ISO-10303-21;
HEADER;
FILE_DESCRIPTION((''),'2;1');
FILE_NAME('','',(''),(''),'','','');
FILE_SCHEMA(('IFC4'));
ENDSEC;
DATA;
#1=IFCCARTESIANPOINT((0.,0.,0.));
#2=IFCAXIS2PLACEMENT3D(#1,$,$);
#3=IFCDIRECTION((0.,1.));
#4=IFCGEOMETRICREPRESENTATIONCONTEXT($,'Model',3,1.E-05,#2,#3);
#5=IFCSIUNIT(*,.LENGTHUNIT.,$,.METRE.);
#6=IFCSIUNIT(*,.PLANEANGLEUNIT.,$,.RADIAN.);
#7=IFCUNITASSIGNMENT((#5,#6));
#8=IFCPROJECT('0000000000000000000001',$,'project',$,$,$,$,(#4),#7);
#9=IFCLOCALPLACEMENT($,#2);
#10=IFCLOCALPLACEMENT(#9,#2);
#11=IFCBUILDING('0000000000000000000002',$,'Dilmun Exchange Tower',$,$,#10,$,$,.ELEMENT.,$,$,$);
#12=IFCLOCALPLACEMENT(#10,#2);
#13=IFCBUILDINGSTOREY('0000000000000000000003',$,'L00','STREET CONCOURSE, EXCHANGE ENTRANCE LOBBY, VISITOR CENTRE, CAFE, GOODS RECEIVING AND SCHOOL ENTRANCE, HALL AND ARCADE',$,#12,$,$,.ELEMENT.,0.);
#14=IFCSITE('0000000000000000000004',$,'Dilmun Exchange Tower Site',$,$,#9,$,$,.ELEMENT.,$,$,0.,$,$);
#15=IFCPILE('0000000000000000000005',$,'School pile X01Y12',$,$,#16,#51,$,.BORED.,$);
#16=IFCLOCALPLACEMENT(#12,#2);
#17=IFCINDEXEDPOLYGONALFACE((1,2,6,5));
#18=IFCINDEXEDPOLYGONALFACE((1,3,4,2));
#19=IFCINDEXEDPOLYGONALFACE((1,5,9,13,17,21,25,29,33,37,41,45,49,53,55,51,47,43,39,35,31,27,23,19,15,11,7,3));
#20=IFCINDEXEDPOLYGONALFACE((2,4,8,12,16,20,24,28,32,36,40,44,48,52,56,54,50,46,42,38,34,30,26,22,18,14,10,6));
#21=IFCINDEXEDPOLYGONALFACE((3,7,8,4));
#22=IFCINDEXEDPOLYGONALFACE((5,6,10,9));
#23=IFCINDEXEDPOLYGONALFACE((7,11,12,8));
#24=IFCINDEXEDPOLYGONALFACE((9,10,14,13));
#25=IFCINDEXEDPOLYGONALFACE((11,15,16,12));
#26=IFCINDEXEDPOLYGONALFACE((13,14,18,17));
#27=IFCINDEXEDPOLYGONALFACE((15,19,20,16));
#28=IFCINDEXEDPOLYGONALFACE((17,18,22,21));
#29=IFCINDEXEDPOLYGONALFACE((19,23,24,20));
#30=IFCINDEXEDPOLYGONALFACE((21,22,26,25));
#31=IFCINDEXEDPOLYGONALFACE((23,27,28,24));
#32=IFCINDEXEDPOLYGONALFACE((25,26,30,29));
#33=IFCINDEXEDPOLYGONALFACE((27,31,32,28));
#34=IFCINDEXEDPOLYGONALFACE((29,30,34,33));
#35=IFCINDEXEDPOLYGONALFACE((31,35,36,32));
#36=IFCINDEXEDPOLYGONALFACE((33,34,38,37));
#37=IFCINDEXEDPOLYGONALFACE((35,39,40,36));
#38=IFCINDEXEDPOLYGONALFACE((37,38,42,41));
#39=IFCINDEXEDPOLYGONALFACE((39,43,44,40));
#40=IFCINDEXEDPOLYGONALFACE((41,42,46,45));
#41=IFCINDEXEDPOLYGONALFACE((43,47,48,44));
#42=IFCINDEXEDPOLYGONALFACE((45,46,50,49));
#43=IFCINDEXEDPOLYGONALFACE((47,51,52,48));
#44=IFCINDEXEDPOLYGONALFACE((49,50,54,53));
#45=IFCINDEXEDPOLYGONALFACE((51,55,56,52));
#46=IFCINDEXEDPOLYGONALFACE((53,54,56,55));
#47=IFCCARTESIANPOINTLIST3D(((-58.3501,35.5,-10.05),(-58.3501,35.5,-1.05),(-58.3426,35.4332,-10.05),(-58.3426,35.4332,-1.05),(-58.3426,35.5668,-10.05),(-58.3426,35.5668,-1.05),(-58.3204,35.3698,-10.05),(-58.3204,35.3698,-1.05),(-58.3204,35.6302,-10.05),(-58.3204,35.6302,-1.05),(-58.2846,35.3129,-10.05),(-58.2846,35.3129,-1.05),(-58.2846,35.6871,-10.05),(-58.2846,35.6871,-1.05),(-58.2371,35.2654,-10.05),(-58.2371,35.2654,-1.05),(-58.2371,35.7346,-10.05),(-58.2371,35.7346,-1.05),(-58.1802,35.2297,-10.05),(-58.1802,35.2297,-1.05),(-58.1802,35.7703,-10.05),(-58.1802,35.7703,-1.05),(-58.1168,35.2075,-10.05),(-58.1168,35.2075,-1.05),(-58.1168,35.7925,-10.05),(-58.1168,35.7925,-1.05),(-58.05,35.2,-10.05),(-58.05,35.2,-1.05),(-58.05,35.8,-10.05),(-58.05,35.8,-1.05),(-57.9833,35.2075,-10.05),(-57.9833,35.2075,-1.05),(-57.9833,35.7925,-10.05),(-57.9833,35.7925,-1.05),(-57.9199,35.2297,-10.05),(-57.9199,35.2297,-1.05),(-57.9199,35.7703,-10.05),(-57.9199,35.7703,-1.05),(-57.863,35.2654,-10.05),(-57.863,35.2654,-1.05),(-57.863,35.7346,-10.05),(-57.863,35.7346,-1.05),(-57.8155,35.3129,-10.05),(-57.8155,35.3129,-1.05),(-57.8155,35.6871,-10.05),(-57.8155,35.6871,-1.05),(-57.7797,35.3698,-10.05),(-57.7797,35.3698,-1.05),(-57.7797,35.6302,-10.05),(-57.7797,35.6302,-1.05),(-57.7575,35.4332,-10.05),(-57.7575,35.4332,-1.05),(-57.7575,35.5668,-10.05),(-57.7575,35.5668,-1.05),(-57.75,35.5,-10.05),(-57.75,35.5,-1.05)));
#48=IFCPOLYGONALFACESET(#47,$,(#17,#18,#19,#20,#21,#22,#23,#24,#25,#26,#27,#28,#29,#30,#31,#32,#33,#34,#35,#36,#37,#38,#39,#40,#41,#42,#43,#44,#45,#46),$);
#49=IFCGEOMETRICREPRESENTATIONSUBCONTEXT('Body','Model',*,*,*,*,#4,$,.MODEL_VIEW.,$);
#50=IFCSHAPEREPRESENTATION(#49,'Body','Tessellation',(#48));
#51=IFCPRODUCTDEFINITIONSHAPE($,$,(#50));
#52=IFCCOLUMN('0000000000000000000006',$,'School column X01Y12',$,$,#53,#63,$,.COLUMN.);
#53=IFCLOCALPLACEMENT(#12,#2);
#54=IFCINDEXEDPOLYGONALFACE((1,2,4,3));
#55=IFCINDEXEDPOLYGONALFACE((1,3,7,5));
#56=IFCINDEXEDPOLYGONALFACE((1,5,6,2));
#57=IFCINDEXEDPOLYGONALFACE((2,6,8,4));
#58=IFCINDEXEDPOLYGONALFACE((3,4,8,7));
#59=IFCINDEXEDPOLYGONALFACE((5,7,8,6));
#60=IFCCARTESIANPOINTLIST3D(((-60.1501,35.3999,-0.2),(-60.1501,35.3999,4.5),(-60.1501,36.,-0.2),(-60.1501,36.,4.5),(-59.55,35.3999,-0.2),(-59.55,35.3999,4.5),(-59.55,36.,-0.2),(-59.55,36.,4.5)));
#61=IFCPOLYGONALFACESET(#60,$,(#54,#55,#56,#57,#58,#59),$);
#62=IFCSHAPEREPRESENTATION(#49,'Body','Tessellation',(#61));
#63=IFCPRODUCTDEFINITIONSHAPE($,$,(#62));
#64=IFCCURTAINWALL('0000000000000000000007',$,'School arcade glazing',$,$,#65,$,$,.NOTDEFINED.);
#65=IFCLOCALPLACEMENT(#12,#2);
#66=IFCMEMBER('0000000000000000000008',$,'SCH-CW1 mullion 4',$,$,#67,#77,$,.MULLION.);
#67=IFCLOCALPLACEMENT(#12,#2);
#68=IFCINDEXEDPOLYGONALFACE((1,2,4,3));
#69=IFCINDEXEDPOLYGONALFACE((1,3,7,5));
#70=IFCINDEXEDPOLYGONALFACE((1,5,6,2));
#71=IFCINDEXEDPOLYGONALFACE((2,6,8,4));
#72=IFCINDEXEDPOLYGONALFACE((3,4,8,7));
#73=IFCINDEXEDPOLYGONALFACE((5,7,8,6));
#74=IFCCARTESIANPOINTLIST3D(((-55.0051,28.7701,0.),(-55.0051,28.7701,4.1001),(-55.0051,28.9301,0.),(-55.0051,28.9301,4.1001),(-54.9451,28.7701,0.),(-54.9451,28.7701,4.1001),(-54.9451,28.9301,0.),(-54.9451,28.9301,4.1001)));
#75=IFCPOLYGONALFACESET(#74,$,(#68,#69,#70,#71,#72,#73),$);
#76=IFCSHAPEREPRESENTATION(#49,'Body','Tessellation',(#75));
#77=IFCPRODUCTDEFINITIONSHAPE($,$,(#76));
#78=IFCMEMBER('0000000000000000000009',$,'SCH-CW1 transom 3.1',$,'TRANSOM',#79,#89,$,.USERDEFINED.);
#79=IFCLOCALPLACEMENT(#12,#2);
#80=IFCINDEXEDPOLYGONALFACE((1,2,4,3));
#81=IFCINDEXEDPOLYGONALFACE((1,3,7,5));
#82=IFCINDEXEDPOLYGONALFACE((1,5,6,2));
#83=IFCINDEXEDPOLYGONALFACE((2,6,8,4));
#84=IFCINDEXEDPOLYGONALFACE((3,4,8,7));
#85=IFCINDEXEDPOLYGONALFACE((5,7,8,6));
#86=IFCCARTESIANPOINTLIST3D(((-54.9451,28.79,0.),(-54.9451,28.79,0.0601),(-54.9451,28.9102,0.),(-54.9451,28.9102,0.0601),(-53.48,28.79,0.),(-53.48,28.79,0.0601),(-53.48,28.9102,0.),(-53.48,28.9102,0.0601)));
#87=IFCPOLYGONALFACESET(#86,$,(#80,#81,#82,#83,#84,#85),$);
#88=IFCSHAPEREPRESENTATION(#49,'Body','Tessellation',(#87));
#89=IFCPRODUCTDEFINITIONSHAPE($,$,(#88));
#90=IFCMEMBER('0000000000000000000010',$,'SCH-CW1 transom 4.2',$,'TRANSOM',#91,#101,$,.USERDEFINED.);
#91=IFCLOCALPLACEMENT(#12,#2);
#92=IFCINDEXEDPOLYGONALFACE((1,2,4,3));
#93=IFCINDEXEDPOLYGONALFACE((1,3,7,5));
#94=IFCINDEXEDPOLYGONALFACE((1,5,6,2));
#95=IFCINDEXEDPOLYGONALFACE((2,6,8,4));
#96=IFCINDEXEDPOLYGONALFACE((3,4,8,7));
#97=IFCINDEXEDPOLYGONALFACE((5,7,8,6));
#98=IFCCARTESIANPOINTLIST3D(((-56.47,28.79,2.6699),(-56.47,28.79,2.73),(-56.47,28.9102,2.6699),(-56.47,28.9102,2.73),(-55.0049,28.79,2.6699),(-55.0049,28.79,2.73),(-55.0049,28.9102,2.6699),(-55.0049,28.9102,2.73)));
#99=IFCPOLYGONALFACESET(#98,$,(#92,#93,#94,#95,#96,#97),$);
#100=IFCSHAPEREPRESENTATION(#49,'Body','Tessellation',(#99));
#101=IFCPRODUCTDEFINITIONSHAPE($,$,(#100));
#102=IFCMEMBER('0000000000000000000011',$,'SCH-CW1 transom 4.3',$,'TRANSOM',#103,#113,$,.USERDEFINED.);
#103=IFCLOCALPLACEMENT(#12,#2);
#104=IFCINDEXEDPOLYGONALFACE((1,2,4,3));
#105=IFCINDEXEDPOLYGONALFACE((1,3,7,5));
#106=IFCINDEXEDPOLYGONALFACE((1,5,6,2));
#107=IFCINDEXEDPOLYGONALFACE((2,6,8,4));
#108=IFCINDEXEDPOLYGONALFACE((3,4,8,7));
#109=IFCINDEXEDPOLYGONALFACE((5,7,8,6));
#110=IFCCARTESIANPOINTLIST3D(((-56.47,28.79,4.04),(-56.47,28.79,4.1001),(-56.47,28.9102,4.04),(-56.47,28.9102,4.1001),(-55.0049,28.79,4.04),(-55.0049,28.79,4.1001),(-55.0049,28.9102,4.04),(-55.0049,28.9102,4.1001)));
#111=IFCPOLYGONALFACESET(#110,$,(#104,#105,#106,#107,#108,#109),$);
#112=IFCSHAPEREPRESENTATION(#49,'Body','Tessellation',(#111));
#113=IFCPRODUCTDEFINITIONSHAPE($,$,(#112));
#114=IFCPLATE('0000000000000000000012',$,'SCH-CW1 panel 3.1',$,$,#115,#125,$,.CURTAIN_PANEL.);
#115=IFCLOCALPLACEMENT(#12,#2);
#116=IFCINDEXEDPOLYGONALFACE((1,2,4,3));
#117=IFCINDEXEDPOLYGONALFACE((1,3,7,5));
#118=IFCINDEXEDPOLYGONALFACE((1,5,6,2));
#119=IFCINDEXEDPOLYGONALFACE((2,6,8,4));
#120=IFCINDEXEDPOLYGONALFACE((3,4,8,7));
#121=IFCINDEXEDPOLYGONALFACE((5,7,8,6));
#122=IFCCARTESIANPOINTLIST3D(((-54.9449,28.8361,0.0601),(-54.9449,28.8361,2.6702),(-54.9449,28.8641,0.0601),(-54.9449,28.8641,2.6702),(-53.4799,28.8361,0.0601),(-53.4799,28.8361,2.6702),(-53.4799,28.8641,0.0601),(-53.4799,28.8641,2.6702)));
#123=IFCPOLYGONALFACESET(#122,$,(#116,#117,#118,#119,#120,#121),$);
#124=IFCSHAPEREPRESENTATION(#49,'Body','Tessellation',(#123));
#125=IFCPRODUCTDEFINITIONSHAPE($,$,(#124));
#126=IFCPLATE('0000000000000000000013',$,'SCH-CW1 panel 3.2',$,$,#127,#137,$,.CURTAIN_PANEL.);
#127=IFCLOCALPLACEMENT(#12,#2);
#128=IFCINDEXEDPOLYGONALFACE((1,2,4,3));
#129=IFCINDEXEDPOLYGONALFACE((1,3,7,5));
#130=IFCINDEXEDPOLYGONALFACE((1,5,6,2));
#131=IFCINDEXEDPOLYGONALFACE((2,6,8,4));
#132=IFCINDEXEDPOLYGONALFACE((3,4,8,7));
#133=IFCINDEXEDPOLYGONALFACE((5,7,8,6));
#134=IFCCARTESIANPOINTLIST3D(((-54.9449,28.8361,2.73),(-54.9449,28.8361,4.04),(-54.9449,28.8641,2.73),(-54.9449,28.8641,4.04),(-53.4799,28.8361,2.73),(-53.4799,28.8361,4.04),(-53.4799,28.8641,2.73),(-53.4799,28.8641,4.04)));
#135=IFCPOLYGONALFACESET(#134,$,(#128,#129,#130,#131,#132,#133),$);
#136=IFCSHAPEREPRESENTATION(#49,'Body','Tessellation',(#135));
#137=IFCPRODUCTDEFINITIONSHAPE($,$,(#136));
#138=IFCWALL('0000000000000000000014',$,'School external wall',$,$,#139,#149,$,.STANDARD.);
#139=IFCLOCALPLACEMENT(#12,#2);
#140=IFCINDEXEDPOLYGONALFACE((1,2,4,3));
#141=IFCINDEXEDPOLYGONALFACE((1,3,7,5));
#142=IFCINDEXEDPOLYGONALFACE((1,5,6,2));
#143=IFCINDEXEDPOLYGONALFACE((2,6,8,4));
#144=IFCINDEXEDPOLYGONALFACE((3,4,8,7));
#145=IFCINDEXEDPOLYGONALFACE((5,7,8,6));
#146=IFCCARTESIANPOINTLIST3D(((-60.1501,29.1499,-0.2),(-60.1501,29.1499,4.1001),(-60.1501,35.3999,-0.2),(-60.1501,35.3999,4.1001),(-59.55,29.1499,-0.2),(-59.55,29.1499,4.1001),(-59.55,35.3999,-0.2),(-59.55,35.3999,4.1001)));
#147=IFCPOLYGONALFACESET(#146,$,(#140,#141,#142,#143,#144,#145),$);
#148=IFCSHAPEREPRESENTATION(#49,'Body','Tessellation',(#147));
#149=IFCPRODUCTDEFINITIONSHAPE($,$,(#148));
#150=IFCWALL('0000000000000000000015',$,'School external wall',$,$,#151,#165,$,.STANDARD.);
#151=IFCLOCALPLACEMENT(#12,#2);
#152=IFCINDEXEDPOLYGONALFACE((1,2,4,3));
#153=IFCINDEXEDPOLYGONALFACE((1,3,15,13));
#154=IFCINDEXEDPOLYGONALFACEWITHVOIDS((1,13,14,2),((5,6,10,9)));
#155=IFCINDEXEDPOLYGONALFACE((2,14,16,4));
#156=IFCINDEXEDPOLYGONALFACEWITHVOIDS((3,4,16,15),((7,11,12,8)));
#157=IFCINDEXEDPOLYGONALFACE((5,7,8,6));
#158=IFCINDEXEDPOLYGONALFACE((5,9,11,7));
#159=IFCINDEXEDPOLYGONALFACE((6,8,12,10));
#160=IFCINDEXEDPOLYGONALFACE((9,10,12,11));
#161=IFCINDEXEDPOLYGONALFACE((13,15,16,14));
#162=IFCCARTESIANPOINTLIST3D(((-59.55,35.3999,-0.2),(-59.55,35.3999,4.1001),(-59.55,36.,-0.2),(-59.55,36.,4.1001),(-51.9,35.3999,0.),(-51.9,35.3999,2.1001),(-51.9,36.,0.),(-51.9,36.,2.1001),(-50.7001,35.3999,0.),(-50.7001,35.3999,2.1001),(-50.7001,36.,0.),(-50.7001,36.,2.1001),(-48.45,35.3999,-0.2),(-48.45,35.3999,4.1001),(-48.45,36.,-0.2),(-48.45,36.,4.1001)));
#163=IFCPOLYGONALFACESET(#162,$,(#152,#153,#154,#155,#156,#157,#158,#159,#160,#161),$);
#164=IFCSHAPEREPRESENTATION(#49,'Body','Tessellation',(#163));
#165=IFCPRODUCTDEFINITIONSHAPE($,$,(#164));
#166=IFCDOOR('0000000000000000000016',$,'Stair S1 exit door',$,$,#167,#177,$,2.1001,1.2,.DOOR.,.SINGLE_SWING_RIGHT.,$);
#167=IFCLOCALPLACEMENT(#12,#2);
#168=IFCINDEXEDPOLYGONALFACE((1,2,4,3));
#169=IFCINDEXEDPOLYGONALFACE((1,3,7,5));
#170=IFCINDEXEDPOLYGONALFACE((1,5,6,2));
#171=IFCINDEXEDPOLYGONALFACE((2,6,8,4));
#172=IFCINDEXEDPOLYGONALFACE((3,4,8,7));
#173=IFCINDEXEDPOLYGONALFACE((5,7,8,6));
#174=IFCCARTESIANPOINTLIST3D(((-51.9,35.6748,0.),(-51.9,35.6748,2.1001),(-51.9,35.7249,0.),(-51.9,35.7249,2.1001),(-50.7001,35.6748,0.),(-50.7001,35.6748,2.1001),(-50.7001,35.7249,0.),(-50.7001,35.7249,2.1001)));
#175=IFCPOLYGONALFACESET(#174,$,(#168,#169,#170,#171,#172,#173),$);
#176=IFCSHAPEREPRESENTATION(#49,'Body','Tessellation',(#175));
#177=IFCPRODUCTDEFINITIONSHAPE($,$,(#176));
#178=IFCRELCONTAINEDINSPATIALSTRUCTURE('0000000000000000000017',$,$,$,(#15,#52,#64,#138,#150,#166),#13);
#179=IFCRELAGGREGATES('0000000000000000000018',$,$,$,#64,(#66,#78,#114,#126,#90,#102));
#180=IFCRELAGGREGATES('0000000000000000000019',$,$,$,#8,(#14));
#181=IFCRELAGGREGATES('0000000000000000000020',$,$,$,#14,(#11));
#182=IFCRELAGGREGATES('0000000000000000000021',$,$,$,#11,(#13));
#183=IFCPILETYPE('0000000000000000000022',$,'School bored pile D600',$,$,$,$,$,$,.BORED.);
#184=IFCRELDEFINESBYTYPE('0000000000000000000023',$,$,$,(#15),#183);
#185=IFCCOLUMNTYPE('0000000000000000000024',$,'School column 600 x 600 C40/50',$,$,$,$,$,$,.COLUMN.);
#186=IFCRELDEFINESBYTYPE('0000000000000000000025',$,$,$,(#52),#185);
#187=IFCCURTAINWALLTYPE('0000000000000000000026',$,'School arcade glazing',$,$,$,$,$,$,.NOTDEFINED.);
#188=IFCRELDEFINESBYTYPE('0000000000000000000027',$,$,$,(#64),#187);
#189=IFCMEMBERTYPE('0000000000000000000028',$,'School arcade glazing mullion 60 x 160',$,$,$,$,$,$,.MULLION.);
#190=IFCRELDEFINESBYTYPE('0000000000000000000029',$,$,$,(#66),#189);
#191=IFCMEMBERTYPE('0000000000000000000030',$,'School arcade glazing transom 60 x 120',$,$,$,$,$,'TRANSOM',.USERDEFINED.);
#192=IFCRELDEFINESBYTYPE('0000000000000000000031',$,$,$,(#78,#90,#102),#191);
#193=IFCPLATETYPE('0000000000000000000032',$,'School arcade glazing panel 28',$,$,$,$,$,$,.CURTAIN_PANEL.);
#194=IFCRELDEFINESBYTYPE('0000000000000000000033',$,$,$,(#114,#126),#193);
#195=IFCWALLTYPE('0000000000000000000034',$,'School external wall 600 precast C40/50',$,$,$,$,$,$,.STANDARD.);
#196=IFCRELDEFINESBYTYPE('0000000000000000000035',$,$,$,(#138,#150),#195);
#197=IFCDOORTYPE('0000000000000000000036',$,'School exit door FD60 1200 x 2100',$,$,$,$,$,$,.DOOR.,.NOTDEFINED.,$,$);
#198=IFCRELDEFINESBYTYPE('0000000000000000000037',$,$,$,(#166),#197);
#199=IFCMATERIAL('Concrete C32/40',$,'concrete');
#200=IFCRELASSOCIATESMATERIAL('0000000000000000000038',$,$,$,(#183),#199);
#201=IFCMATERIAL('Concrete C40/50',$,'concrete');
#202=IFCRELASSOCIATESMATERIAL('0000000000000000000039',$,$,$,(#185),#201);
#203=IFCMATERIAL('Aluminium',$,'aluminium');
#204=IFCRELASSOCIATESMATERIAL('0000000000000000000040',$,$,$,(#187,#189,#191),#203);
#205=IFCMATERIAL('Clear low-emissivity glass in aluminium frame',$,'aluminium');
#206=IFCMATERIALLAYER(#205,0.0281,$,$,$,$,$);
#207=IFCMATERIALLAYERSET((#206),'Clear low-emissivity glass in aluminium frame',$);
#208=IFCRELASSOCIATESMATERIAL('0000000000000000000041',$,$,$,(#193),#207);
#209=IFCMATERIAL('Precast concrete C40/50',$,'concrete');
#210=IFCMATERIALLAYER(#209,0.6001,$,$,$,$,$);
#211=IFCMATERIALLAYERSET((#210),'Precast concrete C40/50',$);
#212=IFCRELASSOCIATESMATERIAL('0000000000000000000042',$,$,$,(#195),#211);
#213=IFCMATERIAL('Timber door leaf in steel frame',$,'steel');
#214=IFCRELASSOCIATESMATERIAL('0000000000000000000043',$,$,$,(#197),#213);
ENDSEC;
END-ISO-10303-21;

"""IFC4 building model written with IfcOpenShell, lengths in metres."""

from ifc_helpers import new_model, si_unit, direction, frame, frame_2d, origin, origin_2d, place, context, subcontext, project, spatial, rectangle, circle, extrude, material, layer, layer_set, material_profile, profile_set, type_object, element, fill, aggregate, save


model = new_model("IFC4")

# Units and contexts
model_context = context("Model", 3, precision=1e-05, world=origin(), true_north=direction((0.0, 1.0)))
body_context = subcontext(model_context, "Body", "Model", "MODEL_VIEW")
ifc_project = project(units=[si_unit("LENGTHUNIT", "METRE"), si_unit("PLANEANGLEUNIT", "RADIAN")], contexts=[model_context])

# Site, building, storey
site_placement = place(None, origin())
site = spatial("IfcSite", under=ifc_project, at=site_placement, Name="Dilmun Exchange Tower Site", CompositionType="ELEMENT", RefElevation=0.0)
building_placement = place(site_placement, origin())
building = spatial("IfcBuilding", under=site, at=building_placement, Name="Dilmun Exchange Tower", CompositionType="ELEMENT")
storey_placement = place(building_placement, origin())
storey = spatial("IfcBuildingStorey", under=building, at=storey_placement, Name="L00", Description="STREET CONCOURSE, EXCHANGE ENTRANCE LOBBY, VISITOR CENTRE, CAFE, GOODS RECEIVING AND SCHOOL ENTRANCE, HALL AND ARCADE", CompositionType="ELEMENT", Elevation=0.0)

# Pile
ifc_material_1 = material(Name="Concrete C32/40", Category="concrete")
ifc_material_profile_1 = material_profile(ifc_material_1, circle(Radius=0.3, at=origin_2d()), Name="D600")
ifc_profile_set_1 = profile_set([ifc_material_profile_1], Name="Concrete C32/40")
pile_type = type_object("IfcPileType", Name="School bored pile D600", PredefinedType="BORED", material=ifc_profile_set_1)
for number, where, z_axis, x_axis, name in (
    (1, (-58.05, 35.5, -1.05), (0.0, 0.0, -1.0), (1.0, 0.0, 0.0), "School pile X01Y12"),
):
    element("IfcPile", number, at=place(storey_placement, frame(where, z_axis=z_axis, x_axis=x_axis)), inside=storey, type_object=pile_type, Name=name, PredefinedType="BORED", context=body_context, shape_type="SweptSolid", body=[
        extrude(circle(Radius=0.3, at=origin_2d()), origin(), (0.0, 0.0, 1.0), 9.0),
    ])

# Column
ifc_material_2 = material(Name="Concrete C40/50", Category="concrete")
ifc_material_profile_2 = material_profile(ifc_material_2, rectangle(XDim=0.6001, YDim=0.6001, at=origin_2d()), Name="600 x 600")
ifc_profile_set_2 = profile_set([ifc_material_profile_2], Name="Concrete C40/50")
column_type = type_object("IfcColumnType", Name="School column 600 x 600 C40/50", PredefinedType="COLUMN", material=ifc_profile_set_2)
column_placement = place(storey_placement, frame((-59.8501, 35.7, -0.2), z_axis=(0.0, 0.0, 1.0), x_axis=(1.0, 0.0, 0.0)))
element("IfcColumn", 2, at=column_placement, inside=storey, type_object=column_type, Name="School column X01Y12", PredefinedType="COLUMN", context=body_context, shape_type="SweptSolid", body=[
    extrude(rectangle(XDim=0.6001, YDim=0.6001, at=origin_2d()), origin(), (0.0, 0.0, 1.0), 4.7),
])

# Curtain wall, members, plates
ifc_material_3 = material(Name="Aluminium", Category="aluminium")
curtain_wall_type = type_object("IfcCurtainWallType", Name="School arcade glazing", PredefinedType="NOTDEFINED", material=ifc_material_3)
curtain_wall_placement = place(storey_placement, origin())
curtain_wall = element("IfcCurtainWall", 3, at=curtain_wall_placement, inside=storey, type_object=curtain_wall_type, Name="School arcade glazing", PredefinedType="NOTDEFINED")
ifc_material_profile_3 = material_profile(ifc_material_3, rectangle(XDim=0.1599, YDim=0.0601, at=origin_2d()), Name="60 x 160")
ifc_profile_set_3 = profile_set([ifc_material_profile_3], Name="Aluminium")
member_type_1 = type_object("IfcMemberType", Name="School arcade glazing mullion 60 x 160", PredefinedType="MULLION", material=ifc_profile_set_3)
member_1_placement = place(storey_placement, frame((-54.9751, 28.8501, 0.0), z_axis=(0.0, 0.0, 1.0), x_axis=(0.0, -1.0, 0.0)))
member_1 = element("IfcMember", 4, at=member_1_placement, type_object=member_type_1, Name="SCH-CW1 mullion 4", PredefinedType="MULLION", context=body_context, shape_type="SweptSolid", body=[
    extrude(rectangle(XDim=0.1599, YDim=0.0601, at=origin_2d()), origin(), (0.0, 0.0, 1.0), 4.1001),
])
ifc_material_profile_4 = material_profile(ifc_material_3, rectangle(XDim=0.1201, YDim=0.0601, at=origin_2d()), Name="60 x 120")
ifc_profile_set_4 = profile_set([ifc_material_profile_4], Name="Aluminium")
member_type_2 = type_object("IfcMemberType", Name="School arcade glazing transom 60 x 120", ElementType="TRANSOM", PredefinedType="USERDEFINED", material=ifc_profile_set_4)
member_2_placement = place(storey_placement, frame((-53.48, 28.8501, 0.03), z_axis=(-1.0, 0.0, 0.0), x_axis=(0.0, -1.0, 0.0)))
member_2 = element("IfcMember", 5, at=member_2_placement, type_object=member_type_2, Name="SCH-CW1 transom 3.1", ObjectType="TRANSOM", PredefinedType="USERDEFINED", context=body_context, shape_type="SweptSolid", body=[
    extrude(rectangle(XDim=0.1201, YDim=0.0601, at=origin_2d()), origin(), (0.0, 0.0, 1.0), 1.4651),
])
member_3_placement = place(storey_placement, frame((-55.0049, 28.8501, 2.7), z_axis=(-1.0, 0.0, 0.0), x_axis=(0.0, -1.0, 0.0)))
member_3 = element("IfcMember", 6, at=member_3_placement, type_object=member_type_2, Name="SCH-CW1 transom 4.2", ObjectType="TRANSOM", PredefinedType="USERDEFINED", context=body_context, shape_type="SweptSolid", body=[
    extrude(rectangle(XDim=0.1201, YDim=0.0601, at=origin_2d()), origin(), (0.0, 0.0, 1.0), 1.4651),
])
member_4_placement = place(storey_placement, frame((-55.0049, 28.8501, 4.0701), z_axis=(-1.0, 0.0, 0.0), x_axis=(0.0, -1.0, 0.0)))
member_4 = element("IfcMember", 7, at=member_4_placement, type_object=member_type_2, Name="SCH-CW1 transom 4.3", ObjectType="TRANSOM", PredefinedType="USERDEFINED", context=body_context, shape_type="SweptSolid", body=[
    extrude(rectangle(XDim=0.1201, YDim=0.0601, at=origin_2d()), origin(), (0.0, 0.0, 1.0), 1.4651),
])
ifc_material_4 = material(Name="Clear low-emissivity glass in aluminium frame", Category="aluminium")
ifc_layer_1 = layer(ifc_material_4, 0.0281)
ifc_layer_set_1 = layer_set([ifc_layer_1], Name="Clear low-emissivity glass in aluminium frame")
plate_type = type_object("IfcPlateType", Name="School arcade glazing panel 28", PredefinedType="CURTAIN_PANEL", material=ifc_layer_set_1)
plate_1_placement = place(storey_placement, frame((-54.2124, 28.8501, 0.0601), z_axis=(0.0, 0.0, 1.0), x_axis=(-1.0, 0.0, 0.0)))
plate_1 = element("IfcPlate", 8, at=plate_1_placement, type_object=plate_type, Name="SCH-CW1 panel 3.1", PredefinedType="CURTAIN_PANEL", context=body_context, shape_type="SweptSolid", body=[
    extrude(rectangle(XDim=1.4651, YDim=0.0281, at=origin_2d()), origin(), (0.0, 0.0, 1.0), 2.6101),
])
plate_2_placement = place(storey_placement, frame((-54.2124, 28.8501, 2.73), z_axis=(0.0, 0.0, 1.0), x_axis=(-1.0, 0.0, 0.0)))
plate_2 = element("IfcPlate", 9, at=plate_2_placement, type_object=plate_type, Name="SCH-CW1 panel 3.2", PredefinedType="CURTAIN_PANEL", context=body_context, shape_type="SweptSolid", body=[
    extrude(rectangle(XDim=1.4651, YDim=0.0281, at=origin_2d()), origin(), (0.0, 0.0, 1.0), 1.3101),
])
aggregate(curtain_wall, [member_1, member_2, plate_1, plate_2, member_3, member_4])

# Wall
ifc_material_5 = material(Name="Precast concrete C40/50", Category="concrete")
ifc_layer_2 = layer(ifc_material_5, 0.6001)
ifc_layer_set_2 = layer_set([ifc_layer_2], Name="Precast concrete C40/50")
wall_type_1 = type_object("IfcWallType", Name="School external wall 600 precast C40/50", PredefinedType="STANDARD", material=ifc_layer_set_2)
wall_1_placement = place(storey_placement, frame((-59.8501, 29.1499, -0.2), z_axis=(0.0, 0.0, 1.0), x_axis=(0.0, 1.0, 0.0)))
element("IfcWall", 10, at=wall_1_placement, inside=storey, type_object=wall_type_1, Name="School external wall", PredefinedType="STANDARD", context=body_context, shape_type="SweptSolid", body=[
    extrude(rectangle(XDim=6.25, YDim=0.6001, at=frame_2d((3.125, 0.0))), origin(), (0.0, 0.0, 1.0), 4.3),
])

# Wall, opening, door
wall_2_placement = place(storey_placement, frame((-59.55, 35.7, -0.2), z_axis=(0.0, 0.0, 1.0), x_axis=(1.0, 0.0, 0.0)))
wall_2 = element("IfcWall", 11, at=wall_2_placement, inside=storey, type_object=wall_type_1, Name="School external wall", PredefinedType="STANDARD", context=body_context, shape_type="SweptSolid", body=[
    extrude(rectangle(XDim=11.1001, YDim=0.6001, at=frame_2d((5.55, 0.0))), origin(), (0.0, 0.0, 1.0), 4.3),
])
opening_placement = place(wall_2_placement, frame((7.6499, 0.0, 0.2)))
opening = element("IfcOpeningElement", 12, at=opening_placement, cuts=wall_2, PredefinedType="OPENING", context=body_context, shape_type="SweptSolid", body=[
    extrude(rectangle(XDim=1.2, YDim=2.1001, at=frame_2d((0.6001, 1.05))), frame((0.0, 0.3101, 0.0), z_axis=(0.0, -1.0, 0.0), x_axis=(1.0, 0.0, 0.0)), (0.0, 0.0, 1.0), 0.6201),
])
ifc_material_6 = material(Name="Timber door leaf in steel frame", Category="steel")
door_type = type_object("IfcDoorType", Name="School exit door FD60 1200 x 2100", OperationType="NOTDEFINED", PredefinedType="DOOR", material=ifc_material_6)
door_placement = place(opening_placement, origin())
door = element("IfcDoor", 13, at=door_placement, inside=storey, type_object=door_type, Name="Stair S1 exit door", OperationType="SINGLE_SWING_RIGHT", OverallHeight=2.1001, OverallWidth=1.2, PredefinedType="DOOR", context=body_context, shape_type="SweptSolid", body=[
    extrude(rectangle(XDim=1.2, YDim=2.1001, at=frame_2d((0.6001, 1.05))), frame((0.0, 0.0249, 0.0), z_axis=(0.0, -1.0, 0.0), x_axis=(1.0, 0.0, 0.0)), (0.0, 0.0, 1.0), 0.05),
])
fill(opening, door)

save(model, "model.ifc")
